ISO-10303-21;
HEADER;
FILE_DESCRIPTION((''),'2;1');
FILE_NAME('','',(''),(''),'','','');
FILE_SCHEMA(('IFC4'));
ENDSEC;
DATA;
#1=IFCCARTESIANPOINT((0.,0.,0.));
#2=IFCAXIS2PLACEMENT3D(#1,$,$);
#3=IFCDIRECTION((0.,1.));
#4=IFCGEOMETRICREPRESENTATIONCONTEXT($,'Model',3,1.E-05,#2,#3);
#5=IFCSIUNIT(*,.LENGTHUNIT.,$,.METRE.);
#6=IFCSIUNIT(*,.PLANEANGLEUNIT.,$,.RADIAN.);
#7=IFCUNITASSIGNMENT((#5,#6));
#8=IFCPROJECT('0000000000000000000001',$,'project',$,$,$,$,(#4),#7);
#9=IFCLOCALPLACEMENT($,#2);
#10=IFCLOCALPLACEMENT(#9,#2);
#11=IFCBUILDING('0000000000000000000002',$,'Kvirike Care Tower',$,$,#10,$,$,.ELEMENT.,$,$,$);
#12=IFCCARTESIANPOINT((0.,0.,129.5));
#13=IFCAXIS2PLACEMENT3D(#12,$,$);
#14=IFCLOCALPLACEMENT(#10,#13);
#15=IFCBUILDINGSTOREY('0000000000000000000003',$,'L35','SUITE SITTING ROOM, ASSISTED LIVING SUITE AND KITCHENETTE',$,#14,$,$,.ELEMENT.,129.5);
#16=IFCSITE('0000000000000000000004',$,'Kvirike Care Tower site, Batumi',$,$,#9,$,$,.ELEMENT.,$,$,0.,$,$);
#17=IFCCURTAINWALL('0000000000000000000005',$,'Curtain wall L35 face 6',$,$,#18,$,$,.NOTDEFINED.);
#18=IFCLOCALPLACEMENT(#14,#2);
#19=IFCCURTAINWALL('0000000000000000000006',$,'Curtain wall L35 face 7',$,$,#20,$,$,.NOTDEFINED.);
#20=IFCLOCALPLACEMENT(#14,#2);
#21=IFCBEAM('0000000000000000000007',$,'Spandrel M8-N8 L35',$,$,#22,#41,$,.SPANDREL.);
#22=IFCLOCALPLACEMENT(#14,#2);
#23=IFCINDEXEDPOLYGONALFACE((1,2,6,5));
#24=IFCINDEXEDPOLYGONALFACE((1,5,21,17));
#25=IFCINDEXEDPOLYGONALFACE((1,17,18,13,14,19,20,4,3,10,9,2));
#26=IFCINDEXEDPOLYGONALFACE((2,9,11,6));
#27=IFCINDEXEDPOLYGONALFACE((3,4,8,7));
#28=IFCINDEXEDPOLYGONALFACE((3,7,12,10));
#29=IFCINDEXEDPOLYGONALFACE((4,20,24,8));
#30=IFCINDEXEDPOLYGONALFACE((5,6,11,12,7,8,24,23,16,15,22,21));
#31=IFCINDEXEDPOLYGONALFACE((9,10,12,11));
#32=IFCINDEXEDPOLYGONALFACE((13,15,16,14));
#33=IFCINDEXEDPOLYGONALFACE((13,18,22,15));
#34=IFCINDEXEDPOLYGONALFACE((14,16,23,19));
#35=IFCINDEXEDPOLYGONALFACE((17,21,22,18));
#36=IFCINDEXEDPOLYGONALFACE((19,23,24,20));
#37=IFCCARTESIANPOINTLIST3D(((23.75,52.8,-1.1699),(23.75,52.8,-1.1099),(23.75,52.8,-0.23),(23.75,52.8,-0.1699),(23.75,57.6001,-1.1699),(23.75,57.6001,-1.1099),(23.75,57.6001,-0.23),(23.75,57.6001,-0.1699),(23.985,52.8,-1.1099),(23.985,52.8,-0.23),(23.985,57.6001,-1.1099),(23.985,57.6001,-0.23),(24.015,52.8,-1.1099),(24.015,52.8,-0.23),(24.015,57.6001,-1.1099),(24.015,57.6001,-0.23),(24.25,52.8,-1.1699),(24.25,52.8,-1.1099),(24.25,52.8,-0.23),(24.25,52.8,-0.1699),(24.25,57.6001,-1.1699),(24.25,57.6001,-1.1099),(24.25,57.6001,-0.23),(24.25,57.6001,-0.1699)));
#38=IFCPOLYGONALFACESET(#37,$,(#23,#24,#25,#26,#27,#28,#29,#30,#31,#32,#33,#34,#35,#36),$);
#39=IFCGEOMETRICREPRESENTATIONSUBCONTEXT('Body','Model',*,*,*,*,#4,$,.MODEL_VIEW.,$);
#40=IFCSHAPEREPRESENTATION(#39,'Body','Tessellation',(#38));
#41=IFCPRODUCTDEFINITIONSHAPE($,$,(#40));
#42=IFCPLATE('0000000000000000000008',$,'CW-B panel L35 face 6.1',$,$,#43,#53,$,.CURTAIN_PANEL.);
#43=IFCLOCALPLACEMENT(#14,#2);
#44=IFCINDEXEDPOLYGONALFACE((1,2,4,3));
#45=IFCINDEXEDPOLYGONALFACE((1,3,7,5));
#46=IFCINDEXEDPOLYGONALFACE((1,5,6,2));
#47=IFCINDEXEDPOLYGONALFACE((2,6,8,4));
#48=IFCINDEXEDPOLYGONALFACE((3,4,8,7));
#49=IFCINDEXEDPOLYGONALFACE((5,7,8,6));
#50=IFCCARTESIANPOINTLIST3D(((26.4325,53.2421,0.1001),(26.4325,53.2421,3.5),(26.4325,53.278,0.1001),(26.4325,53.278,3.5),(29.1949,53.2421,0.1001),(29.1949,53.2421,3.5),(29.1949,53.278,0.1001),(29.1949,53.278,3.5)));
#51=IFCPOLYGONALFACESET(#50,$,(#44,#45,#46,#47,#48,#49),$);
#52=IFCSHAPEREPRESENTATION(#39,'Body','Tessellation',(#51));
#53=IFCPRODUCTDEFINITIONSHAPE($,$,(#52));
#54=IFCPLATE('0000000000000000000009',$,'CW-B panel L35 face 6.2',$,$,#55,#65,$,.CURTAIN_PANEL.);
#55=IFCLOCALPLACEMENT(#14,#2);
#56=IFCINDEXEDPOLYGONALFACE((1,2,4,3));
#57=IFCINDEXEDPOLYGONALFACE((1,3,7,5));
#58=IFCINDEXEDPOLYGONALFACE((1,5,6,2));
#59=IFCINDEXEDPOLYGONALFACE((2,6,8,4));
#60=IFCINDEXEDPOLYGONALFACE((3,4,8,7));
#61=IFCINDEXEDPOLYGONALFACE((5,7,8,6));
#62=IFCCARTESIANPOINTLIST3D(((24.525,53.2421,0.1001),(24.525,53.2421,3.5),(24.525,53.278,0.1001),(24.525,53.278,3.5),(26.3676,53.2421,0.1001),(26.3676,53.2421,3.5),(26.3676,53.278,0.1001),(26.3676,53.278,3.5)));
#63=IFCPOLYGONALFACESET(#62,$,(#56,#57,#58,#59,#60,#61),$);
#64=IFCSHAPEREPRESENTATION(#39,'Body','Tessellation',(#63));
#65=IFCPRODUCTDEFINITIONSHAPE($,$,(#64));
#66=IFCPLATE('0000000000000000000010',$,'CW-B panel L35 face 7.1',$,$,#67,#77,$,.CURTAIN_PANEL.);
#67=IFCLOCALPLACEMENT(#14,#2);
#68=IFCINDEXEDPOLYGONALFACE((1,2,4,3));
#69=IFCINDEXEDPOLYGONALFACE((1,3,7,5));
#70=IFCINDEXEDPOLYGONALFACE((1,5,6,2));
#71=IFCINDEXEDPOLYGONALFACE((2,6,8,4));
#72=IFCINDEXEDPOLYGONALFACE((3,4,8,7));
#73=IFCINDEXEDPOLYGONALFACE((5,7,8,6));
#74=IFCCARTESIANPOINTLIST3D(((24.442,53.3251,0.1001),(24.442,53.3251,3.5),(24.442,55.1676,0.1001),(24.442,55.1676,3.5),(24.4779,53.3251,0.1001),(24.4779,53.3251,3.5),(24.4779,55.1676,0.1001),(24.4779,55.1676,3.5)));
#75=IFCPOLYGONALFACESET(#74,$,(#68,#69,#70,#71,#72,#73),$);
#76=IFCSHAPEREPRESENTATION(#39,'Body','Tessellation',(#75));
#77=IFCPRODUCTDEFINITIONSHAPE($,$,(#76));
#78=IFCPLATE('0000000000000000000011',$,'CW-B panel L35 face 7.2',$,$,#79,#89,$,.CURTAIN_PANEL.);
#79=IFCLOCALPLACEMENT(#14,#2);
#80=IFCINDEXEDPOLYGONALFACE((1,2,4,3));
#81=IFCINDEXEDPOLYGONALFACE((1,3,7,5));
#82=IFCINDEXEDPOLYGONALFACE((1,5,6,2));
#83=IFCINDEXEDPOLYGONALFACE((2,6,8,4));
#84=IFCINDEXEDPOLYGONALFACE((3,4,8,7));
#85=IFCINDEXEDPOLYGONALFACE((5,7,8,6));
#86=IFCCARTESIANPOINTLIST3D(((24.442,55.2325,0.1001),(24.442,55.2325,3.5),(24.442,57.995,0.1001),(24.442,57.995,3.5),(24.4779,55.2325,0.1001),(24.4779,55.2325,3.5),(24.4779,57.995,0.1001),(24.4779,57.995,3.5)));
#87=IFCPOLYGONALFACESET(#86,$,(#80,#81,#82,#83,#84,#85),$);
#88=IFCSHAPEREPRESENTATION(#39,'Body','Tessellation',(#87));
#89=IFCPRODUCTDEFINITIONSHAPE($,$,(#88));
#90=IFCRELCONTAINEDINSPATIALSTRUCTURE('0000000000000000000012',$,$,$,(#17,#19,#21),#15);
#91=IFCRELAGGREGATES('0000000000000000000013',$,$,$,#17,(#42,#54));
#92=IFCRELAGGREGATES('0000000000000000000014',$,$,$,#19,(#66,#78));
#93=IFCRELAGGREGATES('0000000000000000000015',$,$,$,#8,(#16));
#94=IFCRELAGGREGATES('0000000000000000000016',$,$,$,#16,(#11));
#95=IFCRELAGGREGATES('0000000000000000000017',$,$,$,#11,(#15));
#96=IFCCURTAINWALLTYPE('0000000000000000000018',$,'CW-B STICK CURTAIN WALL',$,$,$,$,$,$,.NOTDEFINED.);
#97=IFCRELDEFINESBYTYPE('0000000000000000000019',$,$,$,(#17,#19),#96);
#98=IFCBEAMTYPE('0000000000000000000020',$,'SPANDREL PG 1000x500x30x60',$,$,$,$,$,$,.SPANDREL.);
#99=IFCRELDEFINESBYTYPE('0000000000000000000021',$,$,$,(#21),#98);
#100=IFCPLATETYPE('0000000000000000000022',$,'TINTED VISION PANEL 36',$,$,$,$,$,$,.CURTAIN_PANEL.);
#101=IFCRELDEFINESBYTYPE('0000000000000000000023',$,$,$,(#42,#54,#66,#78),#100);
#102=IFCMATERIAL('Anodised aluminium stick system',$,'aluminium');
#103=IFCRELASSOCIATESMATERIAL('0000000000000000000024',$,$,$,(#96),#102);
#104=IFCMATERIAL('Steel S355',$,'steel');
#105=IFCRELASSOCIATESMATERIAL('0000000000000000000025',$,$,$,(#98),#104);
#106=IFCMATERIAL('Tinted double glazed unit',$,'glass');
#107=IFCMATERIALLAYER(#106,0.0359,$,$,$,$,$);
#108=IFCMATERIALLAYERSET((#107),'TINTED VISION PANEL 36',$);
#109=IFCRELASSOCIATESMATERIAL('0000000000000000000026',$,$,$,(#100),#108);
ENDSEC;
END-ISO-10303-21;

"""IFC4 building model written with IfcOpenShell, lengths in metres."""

from ifc_helpers import new_model, si_unit, direction, frame, origin, origin_2d, place, context, subcontext, project, spatial, rectangle, i_section, extrude, material, layer, layer_set, material_profile, profile_set, type_object, element, aggregate, save


model = new_model("IFC4")

# Units and contexts
model_context = context("Model", 3, precision=1e-05, world=origin(), true_north=direction((0.0, 1.0)))
body_context = subcontext(model_context, "Body", "Model", "MODEL_VIEW")
ifc_project = project(units=[si_unit("LENGTHUNIT", "METRE"), si_unit("PLANEANGLEUNIT", "RADIAN")], contexts=[model_context])

# Site, building, storey
site_placement = place(None, origin())
site = spatial("IfcSite", under=ifc_project, at=site_placement, Name="Kvirike Care Tower site, Batumi", CompositionType="ELEMENT", RefElevation=0.0)
building_placement = place(site_placement, origin())
building = spatial("IfcBuilding", under=site, at=building_placement, Name="Kvirike Care Tower", CompositionType="ELEMENT")
storey_placement = place(building_placement, frame((0.0, 0.0, 129.5)))
storey = spatial("IfcBuildingStorey", under=building, at=storey_placement, Name="L35", Description="SUITE SITTING ROOM, ASSISTED LIVING SUITE AND KITCHENETTE", CompositionType="ELEMENT", Elevation=129.5)

# Curtain walls
ifc_material_1 = material(Name="Anodised aluminium stick system", Category="aluminium")
curtain_wall_type = type_object("IfcCurtainWallType", Name="CW-B STICK CURTAIN WALL", PredefinedType="NOTDEFINED", material=ifc_material_1)
curtain_wall_1_placement = place(storey_placement, origin())
curtain_wall_1 = element("IfcCurtainWall", 1, at=curtain_wall_1_placement, inside=storey, type_object=curtain_wall_type, Name="Curtain wall L35 face 6", PredefinedType="NOTDEFINED")
curtain_wall_2_placement = place(storey_placement, origin())
curtain_wall_2 = element("IfcCurtainWall", 2, at=curtain_wall_2_placement, inside=storey, type_object=curtain_wall_type, Name="Curtain wall L35 face 7", PredefinedType="NOTDEFINED")

# Beam
ifc_material_2 = material(Name="Steel S355", Category="steel")
ifc_material_profile_1 = material_profile(ifc_material_2, i_section(OverallWidth=0.5, OverallDepth=1.0, WebThickness=0.03, FlangeThickness=0.0601, at=origin_2d()), Name="PG 1000x500x30x60")
ifc_profile_set_1 = profile_set([ifc_material_profile_1], Name="Steel S355")
beam_type = type_object("IfcBeamType", Name="SPANDREL PG 1000x500x30x60", PredefinedType="SPANDREL", material=ifc_profile_set_1)
beam_placement = place(storey_placement, frame((24.0, 52.8, -0.6699), z_axis=(0.0, 1.0, 0.0), x_axis=(-1.0, 0.0, 0.0)))
element("IfcBeam", 3, at=beam_placement, inside=storey, type_object=beam_type, Name="Spandrel M8-N8 L35", PredefinedType="SPANDREL", context=body_context, shape_type="SweptSolid", body=[
    extrude(i_section(OverallWidth=0.5, OverallDepth=1.0, WebThickness=0.03, FlangeThickness=0.0601, at=origin_2d()), origin(), (0.0, 0.0, 1.0), 4.8),
])

# Plates
ifc_material_3 = material(Name="Tinted double glazed unit", Category="glass")
ifc_layer = layer(ifc_material_3, 0.0359)
ifc_layer_set = layer_set([ifc_layer], Name="TINTED VISION PANEL 36")
plate_type = type_object("IfcPlateType", Name="TINTED VISION PANEL 36", PredefinedType="CURTAIN_PANEL", material=ifc_layer_set)
plate_1_placement = place(storey_placement, frame((27.8137, 53.26, 0.1001), z_axis=(0.0, 0.0, 1.0), x_axis=(-1.0, 0.0, 0.0)))
plate_1 = element("IfcPlate", 4, at=plate_1_placement, type_object=plate_type, Name="CW-B panel L35 face 6.1", PredefinedType="CURTAIN_PANEL", context=body_context, shape_type="SweptSolid", body=[
    extrude(rectangle(XDim=2.7625, YDim=0.0359, at=origin_2d()), origin(), (0.0, 0.0, 1.0), 3.3999),
])
plate_2_placement = place(storey_placement, frame((25.4463, 53.26, 0.1001), z_axis=(0.0, 0.0, 1.0), x_axis=(-1.0, 0.0, 0.0)))
plate_2 = element("IfcPlate", 5, at=plate_2_placement, type_object=plate_type, Name="CW-B panel L35 face 6.2", PredefinedType="CURTAIN_PANEL", context=body_context, shape_type="SweptSolid", body=[
    extrude(rectangle(XDim=1.8425, YDim=0.0359, at=origin_2d()), origin(), (0.0, 0.0, 1.0), 3.3999),
])
aggregate(curtain_wall_1, [plate_1, plate_2])
plate_3_placement = place(storey_placement, frame((24.46, 54.2463, 0.1001), z_axis=(0.0, 0.0, 1.0), x_axis=(0.0, 1.0, 0.0)))
plate_3 = element("IfcPlate", 6, at=plate_3_placement, type_object=plate_type, Name="CW-B panel L35 face 7.1", PredefinedType="CURTAIN_PANEL", context=body_context, shape_type="SweptSolid", body=[
    extrude(rectangle(XDim=1.8425, YDim=0.0359, at=origin_2d()), origin(), (0.0, 0.0, 1.0), 3.3999),
])
plate_4_placement = place(storey_placement, frame((24.46, 56.6138, 0.1001), z_axis=(0.0, 0.0, 1.0), x_axis=(0.0, 1.0, 0.0)))
plate_4 = element("IfcPlate", 7, at=plate_4_placement, type_object=plate_type, Name="CW-B panel L35 face 7.2", PredefinedType="CURTAIN_PANEL", context=body_context, shape_type="SweptSolid", body=[
    extrude(rectangle(XDim=2.7625, YDim=0.0359, at=origin_2d()), origin(), (0.0, 0.0, 1.0), 3.3999),
])
aggregate(curtain_wall_2, [plate_3, plate_4])

save(model, "model.ifc")
